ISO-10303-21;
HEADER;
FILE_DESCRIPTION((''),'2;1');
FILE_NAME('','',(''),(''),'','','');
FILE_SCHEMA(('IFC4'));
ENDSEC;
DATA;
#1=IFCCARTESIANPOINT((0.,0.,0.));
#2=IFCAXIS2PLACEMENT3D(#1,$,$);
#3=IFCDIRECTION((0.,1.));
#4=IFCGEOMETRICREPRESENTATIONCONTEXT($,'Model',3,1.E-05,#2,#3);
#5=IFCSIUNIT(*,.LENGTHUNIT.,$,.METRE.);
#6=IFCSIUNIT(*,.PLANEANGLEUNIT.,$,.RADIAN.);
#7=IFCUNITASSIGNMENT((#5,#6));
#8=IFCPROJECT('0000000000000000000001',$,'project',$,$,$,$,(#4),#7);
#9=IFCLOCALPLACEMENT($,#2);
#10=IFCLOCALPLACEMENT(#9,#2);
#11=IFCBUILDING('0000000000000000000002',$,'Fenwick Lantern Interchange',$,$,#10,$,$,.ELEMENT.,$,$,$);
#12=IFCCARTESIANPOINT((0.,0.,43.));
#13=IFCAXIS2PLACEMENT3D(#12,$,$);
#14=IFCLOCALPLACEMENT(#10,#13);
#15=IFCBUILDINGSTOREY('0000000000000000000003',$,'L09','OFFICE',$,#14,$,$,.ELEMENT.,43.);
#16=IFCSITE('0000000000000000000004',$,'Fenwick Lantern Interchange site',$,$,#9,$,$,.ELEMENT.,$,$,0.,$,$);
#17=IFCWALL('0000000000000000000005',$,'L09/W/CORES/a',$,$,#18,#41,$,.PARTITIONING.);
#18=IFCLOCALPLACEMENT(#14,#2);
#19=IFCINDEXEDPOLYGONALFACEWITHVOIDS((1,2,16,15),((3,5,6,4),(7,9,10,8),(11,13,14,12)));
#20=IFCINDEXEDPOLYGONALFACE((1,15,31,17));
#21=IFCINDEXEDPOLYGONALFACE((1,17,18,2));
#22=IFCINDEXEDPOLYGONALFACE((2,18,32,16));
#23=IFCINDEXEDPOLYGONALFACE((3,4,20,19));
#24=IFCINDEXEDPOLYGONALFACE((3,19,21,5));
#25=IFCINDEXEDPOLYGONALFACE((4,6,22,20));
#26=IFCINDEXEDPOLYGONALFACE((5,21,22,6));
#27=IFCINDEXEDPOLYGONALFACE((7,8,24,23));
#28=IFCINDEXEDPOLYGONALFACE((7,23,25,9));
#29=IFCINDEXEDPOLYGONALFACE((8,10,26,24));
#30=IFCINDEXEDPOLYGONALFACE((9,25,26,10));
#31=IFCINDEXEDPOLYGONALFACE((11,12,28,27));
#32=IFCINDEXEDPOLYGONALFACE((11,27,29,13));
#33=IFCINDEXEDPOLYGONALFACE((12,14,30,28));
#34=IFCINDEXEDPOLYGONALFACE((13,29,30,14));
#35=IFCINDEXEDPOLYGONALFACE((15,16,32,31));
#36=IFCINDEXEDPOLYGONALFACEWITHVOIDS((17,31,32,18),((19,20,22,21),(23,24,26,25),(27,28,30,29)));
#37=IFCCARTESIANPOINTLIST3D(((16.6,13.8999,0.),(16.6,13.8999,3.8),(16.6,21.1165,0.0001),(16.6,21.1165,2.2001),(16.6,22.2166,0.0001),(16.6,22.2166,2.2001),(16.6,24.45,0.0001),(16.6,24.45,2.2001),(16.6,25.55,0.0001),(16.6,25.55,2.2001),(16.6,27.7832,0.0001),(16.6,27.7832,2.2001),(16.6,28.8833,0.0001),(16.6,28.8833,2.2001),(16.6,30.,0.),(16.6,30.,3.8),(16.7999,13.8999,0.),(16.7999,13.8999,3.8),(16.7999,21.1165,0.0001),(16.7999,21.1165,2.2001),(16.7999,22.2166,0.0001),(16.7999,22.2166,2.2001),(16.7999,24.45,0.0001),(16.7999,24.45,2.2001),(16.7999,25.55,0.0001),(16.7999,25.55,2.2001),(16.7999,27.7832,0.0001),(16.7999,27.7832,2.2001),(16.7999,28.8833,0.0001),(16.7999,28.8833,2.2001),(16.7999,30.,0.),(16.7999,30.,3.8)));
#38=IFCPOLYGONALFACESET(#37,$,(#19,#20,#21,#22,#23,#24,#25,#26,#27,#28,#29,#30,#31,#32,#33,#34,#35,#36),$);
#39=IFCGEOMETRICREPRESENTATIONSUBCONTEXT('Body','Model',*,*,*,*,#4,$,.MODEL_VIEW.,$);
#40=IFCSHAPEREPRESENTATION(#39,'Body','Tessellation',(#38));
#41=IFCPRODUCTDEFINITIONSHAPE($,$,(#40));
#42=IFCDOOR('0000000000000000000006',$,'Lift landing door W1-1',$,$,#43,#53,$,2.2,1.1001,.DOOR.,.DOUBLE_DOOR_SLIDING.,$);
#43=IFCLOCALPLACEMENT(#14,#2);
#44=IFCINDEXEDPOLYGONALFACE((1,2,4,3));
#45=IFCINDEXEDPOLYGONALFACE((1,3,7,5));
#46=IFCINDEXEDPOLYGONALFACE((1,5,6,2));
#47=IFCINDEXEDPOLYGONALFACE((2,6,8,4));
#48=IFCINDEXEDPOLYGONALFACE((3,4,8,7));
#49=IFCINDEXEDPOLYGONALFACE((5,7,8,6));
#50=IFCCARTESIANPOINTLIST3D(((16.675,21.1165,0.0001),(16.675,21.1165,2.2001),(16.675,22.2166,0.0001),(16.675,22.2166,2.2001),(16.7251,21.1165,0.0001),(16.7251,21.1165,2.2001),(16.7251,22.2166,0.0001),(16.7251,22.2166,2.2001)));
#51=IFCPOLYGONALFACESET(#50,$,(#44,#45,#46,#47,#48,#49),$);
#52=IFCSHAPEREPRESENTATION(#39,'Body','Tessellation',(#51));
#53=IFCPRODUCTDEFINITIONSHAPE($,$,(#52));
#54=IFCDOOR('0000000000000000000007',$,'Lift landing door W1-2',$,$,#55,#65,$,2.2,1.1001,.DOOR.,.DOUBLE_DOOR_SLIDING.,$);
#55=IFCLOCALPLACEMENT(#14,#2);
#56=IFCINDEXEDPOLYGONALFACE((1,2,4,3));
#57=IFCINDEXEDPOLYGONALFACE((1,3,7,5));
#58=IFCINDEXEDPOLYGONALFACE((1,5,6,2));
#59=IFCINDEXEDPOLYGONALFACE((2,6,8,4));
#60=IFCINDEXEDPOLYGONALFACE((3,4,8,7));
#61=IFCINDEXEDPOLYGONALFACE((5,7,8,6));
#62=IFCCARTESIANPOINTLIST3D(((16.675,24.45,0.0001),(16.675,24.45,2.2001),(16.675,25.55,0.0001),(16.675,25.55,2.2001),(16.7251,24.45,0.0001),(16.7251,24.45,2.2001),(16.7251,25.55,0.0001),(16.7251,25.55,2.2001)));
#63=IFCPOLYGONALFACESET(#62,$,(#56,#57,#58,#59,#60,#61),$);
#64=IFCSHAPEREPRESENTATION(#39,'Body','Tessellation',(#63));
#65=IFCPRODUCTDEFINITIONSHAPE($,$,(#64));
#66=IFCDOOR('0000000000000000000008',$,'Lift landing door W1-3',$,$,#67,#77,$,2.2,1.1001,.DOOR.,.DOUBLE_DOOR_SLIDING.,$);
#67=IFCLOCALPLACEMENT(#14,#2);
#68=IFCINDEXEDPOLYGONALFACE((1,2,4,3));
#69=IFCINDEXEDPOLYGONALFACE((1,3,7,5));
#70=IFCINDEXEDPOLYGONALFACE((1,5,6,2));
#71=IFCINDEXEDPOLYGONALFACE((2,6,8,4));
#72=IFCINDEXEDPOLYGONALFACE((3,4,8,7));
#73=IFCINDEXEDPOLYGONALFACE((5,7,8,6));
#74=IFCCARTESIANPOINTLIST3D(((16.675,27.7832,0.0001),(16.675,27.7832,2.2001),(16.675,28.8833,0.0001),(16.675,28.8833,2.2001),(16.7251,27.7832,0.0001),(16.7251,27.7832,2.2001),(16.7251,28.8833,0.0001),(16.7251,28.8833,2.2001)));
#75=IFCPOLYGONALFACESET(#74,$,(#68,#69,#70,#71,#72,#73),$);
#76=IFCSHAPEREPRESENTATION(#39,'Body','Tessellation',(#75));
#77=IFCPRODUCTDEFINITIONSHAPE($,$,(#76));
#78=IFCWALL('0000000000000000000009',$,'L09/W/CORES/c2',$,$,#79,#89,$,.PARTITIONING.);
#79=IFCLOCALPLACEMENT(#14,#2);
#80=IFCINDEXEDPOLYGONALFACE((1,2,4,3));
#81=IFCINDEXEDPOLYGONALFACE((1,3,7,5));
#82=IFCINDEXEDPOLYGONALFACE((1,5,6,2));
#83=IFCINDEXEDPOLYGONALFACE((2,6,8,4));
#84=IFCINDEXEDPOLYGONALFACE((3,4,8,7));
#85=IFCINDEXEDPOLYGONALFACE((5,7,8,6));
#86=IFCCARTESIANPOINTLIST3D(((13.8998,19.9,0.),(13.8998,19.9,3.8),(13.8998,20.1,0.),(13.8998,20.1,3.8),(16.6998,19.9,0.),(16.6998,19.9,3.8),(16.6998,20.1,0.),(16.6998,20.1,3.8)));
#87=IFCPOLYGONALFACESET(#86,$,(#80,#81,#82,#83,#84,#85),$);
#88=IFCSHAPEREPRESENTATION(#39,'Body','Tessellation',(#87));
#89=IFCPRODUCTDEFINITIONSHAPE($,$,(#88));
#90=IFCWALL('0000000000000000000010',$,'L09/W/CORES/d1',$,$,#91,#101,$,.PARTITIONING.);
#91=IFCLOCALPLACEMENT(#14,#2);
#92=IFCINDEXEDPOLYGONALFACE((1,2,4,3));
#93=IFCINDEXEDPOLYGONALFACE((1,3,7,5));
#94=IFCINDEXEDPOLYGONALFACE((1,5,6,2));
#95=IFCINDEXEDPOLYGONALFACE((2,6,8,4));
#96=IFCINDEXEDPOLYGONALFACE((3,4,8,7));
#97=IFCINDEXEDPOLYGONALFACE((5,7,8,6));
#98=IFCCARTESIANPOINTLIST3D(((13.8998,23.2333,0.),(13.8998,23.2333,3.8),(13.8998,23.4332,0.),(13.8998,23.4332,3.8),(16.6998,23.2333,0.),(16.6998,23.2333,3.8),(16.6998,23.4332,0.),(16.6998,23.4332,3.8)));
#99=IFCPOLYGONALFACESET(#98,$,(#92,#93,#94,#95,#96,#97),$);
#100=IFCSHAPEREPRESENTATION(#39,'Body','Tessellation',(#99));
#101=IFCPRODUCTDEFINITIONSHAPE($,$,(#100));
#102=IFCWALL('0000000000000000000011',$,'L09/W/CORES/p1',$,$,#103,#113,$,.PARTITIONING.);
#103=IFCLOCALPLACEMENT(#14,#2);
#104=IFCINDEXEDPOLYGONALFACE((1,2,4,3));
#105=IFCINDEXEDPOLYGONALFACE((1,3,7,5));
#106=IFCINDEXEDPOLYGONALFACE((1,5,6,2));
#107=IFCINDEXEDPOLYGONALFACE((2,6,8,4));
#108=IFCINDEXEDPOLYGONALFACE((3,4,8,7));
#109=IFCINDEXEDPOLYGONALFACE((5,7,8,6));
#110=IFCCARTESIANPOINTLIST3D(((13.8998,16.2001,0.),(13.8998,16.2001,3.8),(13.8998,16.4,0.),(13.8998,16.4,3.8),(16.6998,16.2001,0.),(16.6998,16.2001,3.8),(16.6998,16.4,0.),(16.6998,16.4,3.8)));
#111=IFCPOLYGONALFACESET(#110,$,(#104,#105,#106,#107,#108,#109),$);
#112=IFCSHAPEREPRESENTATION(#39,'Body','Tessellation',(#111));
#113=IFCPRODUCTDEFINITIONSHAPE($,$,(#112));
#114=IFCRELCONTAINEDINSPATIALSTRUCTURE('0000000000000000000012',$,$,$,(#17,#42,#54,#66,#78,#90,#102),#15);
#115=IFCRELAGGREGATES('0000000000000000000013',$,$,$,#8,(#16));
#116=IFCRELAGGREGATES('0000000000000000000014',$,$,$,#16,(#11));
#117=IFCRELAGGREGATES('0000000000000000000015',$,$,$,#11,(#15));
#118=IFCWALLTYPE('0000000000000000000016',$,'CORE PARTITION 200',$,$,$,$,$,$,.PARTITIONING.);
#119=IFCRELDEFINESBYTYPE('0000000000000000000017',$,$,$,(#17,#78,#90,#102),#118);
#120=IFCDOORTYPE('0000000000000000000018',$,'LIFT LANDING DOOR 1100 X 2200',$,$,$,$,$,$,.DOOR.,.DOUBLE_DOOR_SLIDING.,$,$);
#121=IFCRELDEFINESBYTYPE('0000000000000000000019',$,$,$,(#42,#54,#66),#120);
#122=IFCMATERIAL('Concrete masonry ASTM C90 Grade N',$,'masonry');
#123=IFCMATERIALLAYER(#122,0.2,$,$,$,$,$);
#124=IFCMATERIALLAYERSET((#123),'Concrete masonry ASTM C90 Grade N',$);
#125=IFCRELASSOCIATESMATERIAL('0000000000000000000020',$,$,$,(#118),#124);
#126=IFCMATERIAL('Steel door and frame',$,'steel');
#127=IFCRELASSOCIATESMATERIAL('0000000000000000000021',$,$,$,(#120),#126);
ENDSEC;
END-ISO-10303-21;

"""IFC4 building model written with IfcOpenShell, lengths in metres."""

from ifc_helpers import new_model, si_unit, direction, frame, frame_2d, origin, place, context, subcontext, project, spatial, rectangle, extrude, material, layer, layer_set, type_object, element, fill, save


model = new_model("IFC4")

# Units and contexts
model_context = context("Model", 3, precision=1e-05, world=origin(), true_north=direction((0.0, 1.0)))
body_context = subcontext(model_context, "Body", "Model", "MODEL_VIEW")
ifc_project = project(units=[si_unit("LENGTHUNIT", "METRE"), si_unit("PLANEANGLEUNIT", "RADIAN")], contexts=[model_context])

# Site, building, storey
site_placement = place(None, origin())
site = spatial("IfcSite", under=ifc_project, at=site_placement, Name="Fenwick Lantern Interchange site", CompositionType="ELEMENT", RefElevation=0.0)
building_placement = place(site_placement, origin())
building = spatial("IfcBuilding", under=site, at=building_placement, Name="Fenwick Lantern Interchange", CompositionType="ELEMENT")
storey_placement = place(building_placement, frame((0.0, 0.0, 43.0)))
storey = spatial("IfcBuildingStorey", under=building, at=storey_placement, Name="L09", Description="OFFICE", CompositionType="ELEMENT", Elevation=43.0)

# Wall, openings, doors
ifc_material_1 = material(Name="Concrete masonry ASTM C90 Grade N", Category="masonry")
ifc_layer_1 = layer(ifc_material_1, 0.2)
ifc_layer_set_1 = layer_set([ifc_layer_1], Name="Concrete masonry ASTM C90 Grade N")
wall_type_1 = type_object("IfcWallType", Name="CORE PARTITION 200", PredefinedType="PARTITIONING", material=ifc_layer_set_1)
wall_1_placement = place(storey_placement, frame((16.7, 13.8999, 0.0), z_axis=(0.0, 0.0, 1.0), x_axis=(0.0, 1.0, 0.0)))
wall_1 = element("IfcWall", 1, at=wall_1_placement, inside=storey, type_object=wall_type_1, Name="L09/W/CORES/a", PredefinedType="PARTITIONING", context=body_context, shape_type="SweptSolid", body=[
    extrude(rectangle(XDim=16.1001, YDim=0.2, at=frame_2d((8.05, 0.0))), origin(), (0.0, 0.0, 1.0), 3.8),
])
opening_1_placement = place(wall_1_placement, frame((7.2166, 0.0, 0.0)))
opening_1 = element("IfcOpeningElement", 2, at=opening_1_placement, cuts=wall_1, PredefinedType="OPENING", context=body_context, shape_type="SweptSolid", body=[
    extrude(rectangle(XDim=1.1001, YDim=2.2, at=frame_2d((0.55, 1.1001))), frame((0.0, 0.1099, 0.0), z_axis=(0.0, -1.0, 0.0), x_axis=(1.0, 0.0, 0.0)), (0.0, 0.0, 1.0), 0.22),
])
opening_2_placement = place(wall_1_placement, frame((10.55, 0.0, 0.0)))
opening_2 = element("IfcOpeningElement", 3, at=opening_2_placement, cuts=wall_1, PredefinedType="OPENING", context=body_context, shape_type="SweptSolid", body=[
    extrude(rectangle(XDim=1.1001, YDim=2.2, at=frame_2d((0.55, 1.1001))), frame((0.0, 0.1099, 0.0), z_axis=(0.0, -1.0, 0.0), x_axis=(1.0, 0.0, 0.0)), (0.0, 0.0, 1.0), 0.22),
])
opening_3_placement = place(wall_1_placement, frame((13.8833, 0.0, 0.0)))
opening_3 = element("IfcOpeningElement", 4, at=opening_3_placement, cuts=wall_1, PredefinedType="OPENING", context=body_context, shape_type="SweptSolid", body=[
    extrude(rectangle(XDim=1.1001, YDim=2.2, at=frame_2d((0.55, 1.1001))), frame((0.0, 0.1099, 0.0), z_axis=(0.0, -1.0, 0.0), x_axis=(1.0, 0.0, 0.0)), (0.0, 0.0, 1.0), 0.22),
])
ifc_material_2 = material(Name="Steel door and frame", Category="steel")
door_type_1 = type_object("IfcDoorType", Name="LIFT LANDING DOOR 1100 X 2200", OperationType="DOUBLE_DOOR_SLIDING", PredefinedType="DOOR", material=ifc_material_2)
door_1_placement = place(opening_1_placement, origin())
door_1 = element("IfcDoor", 5, at=door_1_placement, inside=storey, type_object=door_type_1, Name="Lift landing door W1-1", OperationType="DOUBLE_DOOR_SLIDING", OverallHeight=2.2, OverallWidth=1.1001, PredefinedType="DOOR", context=body_context, shape_type="SweptSolid", body=[
    extrude(rectangle(XDim=1.1001, YDim=2.2, at=frame_2d((0.55, 1.1001))), frame((0.0, 0.0249, 0.0), z_axis=(0.0, -1.0, 0.0), x_axis=(1.0, 0.0, 0.0)), (0.0, 0.0, 1.0), 0.05),
])
fill(opening_1, door_1)
door_2_placement = place(opening_2_placement, origin())
door_2 = element("IfcDoor", 6, at=door_2_placement, inside=storey, type_object=door_type_1, Name="Lift landing door W1-2", OperationType="DOUBLE_DOOR_SLIDING", OverallHeight=2.2, OverallWidth=1.1001, PredefinedType="DOOR", context=body_context, shape_type="SweptSolid", body=[
    extrude(rectangle(XDim=1.1001, YDim=2.2, at=frame_2d((0.55, 1.1001))), frame((0.0, 0.0249, 0.0), z_axis=(0.0, -1.0, 0.0), x_axis=(1.0, 0.0, 0.0)), (0.0, 0.0, 1.0), 0.05),
])
fill(opening_2, door_2)
door_3_placement = place(opening_3_placement, origin())
door_3 = element("IfcDoor", 7, at=door_3_placement, inside=storey, type_object=door_type_1, Name="Lift landing door W1-3", OperationType="DOUBLE_DOOR_SLIDING", OverallHeight=2.2, OverallWidth=1.1001, PredefinedType="DOOR", context=body_context, shape_type="SweptSolid", body=[
    extrude(rectangle(XDim=1.1001, YDim=2.2, at=frame_2d((0.55, 1.1001))), frame((0.0, 0.0249, 0.0), z_axis=(0.0, -1.0, 0.0), x_axis=(1.0, 0.0, 0.0)), (0.0, 0.0, 1.0), 0.05),
])
fill(opening_3, door_3)

# Walls
for number, where, z_axis, x_axis, name in (
    (8, (13.8999, 20.0, 0.0), (0.0, 0.0, 1.0), (1.0, 0.0, 0.0), "L09/W/CORES/c2"),
    (9, (13.8999, 23.3333, 0.0), (0.0, 0.0, 1.0), (1.0, 0.0, 0.0), "L09/W/CORES/d1"),
    (10, (13.8999, 16.3, 0.0), (0.0, 0.0, 1.0), (1.0, 0.0, 0.0), "L09/W/CORES/p1"),
):
    element("IfcWall", number, at=place(storey_placement, frame(where, z_axis=z_axis, x_axis=x_axis)), inside=storey, type_object=wall_type_1, Name=name, PredefinedType="PARTITIONING", context=body_context, shape_type="SweptSolid", body=[
        extrude(rectangle(XDim=2.8, YDim=0.2, at=frame_2d((1.3999, 0.0))), origin(), (0.0, 0.0, 1.0), 3.8),
    ])

save(model, "model.ifc")
